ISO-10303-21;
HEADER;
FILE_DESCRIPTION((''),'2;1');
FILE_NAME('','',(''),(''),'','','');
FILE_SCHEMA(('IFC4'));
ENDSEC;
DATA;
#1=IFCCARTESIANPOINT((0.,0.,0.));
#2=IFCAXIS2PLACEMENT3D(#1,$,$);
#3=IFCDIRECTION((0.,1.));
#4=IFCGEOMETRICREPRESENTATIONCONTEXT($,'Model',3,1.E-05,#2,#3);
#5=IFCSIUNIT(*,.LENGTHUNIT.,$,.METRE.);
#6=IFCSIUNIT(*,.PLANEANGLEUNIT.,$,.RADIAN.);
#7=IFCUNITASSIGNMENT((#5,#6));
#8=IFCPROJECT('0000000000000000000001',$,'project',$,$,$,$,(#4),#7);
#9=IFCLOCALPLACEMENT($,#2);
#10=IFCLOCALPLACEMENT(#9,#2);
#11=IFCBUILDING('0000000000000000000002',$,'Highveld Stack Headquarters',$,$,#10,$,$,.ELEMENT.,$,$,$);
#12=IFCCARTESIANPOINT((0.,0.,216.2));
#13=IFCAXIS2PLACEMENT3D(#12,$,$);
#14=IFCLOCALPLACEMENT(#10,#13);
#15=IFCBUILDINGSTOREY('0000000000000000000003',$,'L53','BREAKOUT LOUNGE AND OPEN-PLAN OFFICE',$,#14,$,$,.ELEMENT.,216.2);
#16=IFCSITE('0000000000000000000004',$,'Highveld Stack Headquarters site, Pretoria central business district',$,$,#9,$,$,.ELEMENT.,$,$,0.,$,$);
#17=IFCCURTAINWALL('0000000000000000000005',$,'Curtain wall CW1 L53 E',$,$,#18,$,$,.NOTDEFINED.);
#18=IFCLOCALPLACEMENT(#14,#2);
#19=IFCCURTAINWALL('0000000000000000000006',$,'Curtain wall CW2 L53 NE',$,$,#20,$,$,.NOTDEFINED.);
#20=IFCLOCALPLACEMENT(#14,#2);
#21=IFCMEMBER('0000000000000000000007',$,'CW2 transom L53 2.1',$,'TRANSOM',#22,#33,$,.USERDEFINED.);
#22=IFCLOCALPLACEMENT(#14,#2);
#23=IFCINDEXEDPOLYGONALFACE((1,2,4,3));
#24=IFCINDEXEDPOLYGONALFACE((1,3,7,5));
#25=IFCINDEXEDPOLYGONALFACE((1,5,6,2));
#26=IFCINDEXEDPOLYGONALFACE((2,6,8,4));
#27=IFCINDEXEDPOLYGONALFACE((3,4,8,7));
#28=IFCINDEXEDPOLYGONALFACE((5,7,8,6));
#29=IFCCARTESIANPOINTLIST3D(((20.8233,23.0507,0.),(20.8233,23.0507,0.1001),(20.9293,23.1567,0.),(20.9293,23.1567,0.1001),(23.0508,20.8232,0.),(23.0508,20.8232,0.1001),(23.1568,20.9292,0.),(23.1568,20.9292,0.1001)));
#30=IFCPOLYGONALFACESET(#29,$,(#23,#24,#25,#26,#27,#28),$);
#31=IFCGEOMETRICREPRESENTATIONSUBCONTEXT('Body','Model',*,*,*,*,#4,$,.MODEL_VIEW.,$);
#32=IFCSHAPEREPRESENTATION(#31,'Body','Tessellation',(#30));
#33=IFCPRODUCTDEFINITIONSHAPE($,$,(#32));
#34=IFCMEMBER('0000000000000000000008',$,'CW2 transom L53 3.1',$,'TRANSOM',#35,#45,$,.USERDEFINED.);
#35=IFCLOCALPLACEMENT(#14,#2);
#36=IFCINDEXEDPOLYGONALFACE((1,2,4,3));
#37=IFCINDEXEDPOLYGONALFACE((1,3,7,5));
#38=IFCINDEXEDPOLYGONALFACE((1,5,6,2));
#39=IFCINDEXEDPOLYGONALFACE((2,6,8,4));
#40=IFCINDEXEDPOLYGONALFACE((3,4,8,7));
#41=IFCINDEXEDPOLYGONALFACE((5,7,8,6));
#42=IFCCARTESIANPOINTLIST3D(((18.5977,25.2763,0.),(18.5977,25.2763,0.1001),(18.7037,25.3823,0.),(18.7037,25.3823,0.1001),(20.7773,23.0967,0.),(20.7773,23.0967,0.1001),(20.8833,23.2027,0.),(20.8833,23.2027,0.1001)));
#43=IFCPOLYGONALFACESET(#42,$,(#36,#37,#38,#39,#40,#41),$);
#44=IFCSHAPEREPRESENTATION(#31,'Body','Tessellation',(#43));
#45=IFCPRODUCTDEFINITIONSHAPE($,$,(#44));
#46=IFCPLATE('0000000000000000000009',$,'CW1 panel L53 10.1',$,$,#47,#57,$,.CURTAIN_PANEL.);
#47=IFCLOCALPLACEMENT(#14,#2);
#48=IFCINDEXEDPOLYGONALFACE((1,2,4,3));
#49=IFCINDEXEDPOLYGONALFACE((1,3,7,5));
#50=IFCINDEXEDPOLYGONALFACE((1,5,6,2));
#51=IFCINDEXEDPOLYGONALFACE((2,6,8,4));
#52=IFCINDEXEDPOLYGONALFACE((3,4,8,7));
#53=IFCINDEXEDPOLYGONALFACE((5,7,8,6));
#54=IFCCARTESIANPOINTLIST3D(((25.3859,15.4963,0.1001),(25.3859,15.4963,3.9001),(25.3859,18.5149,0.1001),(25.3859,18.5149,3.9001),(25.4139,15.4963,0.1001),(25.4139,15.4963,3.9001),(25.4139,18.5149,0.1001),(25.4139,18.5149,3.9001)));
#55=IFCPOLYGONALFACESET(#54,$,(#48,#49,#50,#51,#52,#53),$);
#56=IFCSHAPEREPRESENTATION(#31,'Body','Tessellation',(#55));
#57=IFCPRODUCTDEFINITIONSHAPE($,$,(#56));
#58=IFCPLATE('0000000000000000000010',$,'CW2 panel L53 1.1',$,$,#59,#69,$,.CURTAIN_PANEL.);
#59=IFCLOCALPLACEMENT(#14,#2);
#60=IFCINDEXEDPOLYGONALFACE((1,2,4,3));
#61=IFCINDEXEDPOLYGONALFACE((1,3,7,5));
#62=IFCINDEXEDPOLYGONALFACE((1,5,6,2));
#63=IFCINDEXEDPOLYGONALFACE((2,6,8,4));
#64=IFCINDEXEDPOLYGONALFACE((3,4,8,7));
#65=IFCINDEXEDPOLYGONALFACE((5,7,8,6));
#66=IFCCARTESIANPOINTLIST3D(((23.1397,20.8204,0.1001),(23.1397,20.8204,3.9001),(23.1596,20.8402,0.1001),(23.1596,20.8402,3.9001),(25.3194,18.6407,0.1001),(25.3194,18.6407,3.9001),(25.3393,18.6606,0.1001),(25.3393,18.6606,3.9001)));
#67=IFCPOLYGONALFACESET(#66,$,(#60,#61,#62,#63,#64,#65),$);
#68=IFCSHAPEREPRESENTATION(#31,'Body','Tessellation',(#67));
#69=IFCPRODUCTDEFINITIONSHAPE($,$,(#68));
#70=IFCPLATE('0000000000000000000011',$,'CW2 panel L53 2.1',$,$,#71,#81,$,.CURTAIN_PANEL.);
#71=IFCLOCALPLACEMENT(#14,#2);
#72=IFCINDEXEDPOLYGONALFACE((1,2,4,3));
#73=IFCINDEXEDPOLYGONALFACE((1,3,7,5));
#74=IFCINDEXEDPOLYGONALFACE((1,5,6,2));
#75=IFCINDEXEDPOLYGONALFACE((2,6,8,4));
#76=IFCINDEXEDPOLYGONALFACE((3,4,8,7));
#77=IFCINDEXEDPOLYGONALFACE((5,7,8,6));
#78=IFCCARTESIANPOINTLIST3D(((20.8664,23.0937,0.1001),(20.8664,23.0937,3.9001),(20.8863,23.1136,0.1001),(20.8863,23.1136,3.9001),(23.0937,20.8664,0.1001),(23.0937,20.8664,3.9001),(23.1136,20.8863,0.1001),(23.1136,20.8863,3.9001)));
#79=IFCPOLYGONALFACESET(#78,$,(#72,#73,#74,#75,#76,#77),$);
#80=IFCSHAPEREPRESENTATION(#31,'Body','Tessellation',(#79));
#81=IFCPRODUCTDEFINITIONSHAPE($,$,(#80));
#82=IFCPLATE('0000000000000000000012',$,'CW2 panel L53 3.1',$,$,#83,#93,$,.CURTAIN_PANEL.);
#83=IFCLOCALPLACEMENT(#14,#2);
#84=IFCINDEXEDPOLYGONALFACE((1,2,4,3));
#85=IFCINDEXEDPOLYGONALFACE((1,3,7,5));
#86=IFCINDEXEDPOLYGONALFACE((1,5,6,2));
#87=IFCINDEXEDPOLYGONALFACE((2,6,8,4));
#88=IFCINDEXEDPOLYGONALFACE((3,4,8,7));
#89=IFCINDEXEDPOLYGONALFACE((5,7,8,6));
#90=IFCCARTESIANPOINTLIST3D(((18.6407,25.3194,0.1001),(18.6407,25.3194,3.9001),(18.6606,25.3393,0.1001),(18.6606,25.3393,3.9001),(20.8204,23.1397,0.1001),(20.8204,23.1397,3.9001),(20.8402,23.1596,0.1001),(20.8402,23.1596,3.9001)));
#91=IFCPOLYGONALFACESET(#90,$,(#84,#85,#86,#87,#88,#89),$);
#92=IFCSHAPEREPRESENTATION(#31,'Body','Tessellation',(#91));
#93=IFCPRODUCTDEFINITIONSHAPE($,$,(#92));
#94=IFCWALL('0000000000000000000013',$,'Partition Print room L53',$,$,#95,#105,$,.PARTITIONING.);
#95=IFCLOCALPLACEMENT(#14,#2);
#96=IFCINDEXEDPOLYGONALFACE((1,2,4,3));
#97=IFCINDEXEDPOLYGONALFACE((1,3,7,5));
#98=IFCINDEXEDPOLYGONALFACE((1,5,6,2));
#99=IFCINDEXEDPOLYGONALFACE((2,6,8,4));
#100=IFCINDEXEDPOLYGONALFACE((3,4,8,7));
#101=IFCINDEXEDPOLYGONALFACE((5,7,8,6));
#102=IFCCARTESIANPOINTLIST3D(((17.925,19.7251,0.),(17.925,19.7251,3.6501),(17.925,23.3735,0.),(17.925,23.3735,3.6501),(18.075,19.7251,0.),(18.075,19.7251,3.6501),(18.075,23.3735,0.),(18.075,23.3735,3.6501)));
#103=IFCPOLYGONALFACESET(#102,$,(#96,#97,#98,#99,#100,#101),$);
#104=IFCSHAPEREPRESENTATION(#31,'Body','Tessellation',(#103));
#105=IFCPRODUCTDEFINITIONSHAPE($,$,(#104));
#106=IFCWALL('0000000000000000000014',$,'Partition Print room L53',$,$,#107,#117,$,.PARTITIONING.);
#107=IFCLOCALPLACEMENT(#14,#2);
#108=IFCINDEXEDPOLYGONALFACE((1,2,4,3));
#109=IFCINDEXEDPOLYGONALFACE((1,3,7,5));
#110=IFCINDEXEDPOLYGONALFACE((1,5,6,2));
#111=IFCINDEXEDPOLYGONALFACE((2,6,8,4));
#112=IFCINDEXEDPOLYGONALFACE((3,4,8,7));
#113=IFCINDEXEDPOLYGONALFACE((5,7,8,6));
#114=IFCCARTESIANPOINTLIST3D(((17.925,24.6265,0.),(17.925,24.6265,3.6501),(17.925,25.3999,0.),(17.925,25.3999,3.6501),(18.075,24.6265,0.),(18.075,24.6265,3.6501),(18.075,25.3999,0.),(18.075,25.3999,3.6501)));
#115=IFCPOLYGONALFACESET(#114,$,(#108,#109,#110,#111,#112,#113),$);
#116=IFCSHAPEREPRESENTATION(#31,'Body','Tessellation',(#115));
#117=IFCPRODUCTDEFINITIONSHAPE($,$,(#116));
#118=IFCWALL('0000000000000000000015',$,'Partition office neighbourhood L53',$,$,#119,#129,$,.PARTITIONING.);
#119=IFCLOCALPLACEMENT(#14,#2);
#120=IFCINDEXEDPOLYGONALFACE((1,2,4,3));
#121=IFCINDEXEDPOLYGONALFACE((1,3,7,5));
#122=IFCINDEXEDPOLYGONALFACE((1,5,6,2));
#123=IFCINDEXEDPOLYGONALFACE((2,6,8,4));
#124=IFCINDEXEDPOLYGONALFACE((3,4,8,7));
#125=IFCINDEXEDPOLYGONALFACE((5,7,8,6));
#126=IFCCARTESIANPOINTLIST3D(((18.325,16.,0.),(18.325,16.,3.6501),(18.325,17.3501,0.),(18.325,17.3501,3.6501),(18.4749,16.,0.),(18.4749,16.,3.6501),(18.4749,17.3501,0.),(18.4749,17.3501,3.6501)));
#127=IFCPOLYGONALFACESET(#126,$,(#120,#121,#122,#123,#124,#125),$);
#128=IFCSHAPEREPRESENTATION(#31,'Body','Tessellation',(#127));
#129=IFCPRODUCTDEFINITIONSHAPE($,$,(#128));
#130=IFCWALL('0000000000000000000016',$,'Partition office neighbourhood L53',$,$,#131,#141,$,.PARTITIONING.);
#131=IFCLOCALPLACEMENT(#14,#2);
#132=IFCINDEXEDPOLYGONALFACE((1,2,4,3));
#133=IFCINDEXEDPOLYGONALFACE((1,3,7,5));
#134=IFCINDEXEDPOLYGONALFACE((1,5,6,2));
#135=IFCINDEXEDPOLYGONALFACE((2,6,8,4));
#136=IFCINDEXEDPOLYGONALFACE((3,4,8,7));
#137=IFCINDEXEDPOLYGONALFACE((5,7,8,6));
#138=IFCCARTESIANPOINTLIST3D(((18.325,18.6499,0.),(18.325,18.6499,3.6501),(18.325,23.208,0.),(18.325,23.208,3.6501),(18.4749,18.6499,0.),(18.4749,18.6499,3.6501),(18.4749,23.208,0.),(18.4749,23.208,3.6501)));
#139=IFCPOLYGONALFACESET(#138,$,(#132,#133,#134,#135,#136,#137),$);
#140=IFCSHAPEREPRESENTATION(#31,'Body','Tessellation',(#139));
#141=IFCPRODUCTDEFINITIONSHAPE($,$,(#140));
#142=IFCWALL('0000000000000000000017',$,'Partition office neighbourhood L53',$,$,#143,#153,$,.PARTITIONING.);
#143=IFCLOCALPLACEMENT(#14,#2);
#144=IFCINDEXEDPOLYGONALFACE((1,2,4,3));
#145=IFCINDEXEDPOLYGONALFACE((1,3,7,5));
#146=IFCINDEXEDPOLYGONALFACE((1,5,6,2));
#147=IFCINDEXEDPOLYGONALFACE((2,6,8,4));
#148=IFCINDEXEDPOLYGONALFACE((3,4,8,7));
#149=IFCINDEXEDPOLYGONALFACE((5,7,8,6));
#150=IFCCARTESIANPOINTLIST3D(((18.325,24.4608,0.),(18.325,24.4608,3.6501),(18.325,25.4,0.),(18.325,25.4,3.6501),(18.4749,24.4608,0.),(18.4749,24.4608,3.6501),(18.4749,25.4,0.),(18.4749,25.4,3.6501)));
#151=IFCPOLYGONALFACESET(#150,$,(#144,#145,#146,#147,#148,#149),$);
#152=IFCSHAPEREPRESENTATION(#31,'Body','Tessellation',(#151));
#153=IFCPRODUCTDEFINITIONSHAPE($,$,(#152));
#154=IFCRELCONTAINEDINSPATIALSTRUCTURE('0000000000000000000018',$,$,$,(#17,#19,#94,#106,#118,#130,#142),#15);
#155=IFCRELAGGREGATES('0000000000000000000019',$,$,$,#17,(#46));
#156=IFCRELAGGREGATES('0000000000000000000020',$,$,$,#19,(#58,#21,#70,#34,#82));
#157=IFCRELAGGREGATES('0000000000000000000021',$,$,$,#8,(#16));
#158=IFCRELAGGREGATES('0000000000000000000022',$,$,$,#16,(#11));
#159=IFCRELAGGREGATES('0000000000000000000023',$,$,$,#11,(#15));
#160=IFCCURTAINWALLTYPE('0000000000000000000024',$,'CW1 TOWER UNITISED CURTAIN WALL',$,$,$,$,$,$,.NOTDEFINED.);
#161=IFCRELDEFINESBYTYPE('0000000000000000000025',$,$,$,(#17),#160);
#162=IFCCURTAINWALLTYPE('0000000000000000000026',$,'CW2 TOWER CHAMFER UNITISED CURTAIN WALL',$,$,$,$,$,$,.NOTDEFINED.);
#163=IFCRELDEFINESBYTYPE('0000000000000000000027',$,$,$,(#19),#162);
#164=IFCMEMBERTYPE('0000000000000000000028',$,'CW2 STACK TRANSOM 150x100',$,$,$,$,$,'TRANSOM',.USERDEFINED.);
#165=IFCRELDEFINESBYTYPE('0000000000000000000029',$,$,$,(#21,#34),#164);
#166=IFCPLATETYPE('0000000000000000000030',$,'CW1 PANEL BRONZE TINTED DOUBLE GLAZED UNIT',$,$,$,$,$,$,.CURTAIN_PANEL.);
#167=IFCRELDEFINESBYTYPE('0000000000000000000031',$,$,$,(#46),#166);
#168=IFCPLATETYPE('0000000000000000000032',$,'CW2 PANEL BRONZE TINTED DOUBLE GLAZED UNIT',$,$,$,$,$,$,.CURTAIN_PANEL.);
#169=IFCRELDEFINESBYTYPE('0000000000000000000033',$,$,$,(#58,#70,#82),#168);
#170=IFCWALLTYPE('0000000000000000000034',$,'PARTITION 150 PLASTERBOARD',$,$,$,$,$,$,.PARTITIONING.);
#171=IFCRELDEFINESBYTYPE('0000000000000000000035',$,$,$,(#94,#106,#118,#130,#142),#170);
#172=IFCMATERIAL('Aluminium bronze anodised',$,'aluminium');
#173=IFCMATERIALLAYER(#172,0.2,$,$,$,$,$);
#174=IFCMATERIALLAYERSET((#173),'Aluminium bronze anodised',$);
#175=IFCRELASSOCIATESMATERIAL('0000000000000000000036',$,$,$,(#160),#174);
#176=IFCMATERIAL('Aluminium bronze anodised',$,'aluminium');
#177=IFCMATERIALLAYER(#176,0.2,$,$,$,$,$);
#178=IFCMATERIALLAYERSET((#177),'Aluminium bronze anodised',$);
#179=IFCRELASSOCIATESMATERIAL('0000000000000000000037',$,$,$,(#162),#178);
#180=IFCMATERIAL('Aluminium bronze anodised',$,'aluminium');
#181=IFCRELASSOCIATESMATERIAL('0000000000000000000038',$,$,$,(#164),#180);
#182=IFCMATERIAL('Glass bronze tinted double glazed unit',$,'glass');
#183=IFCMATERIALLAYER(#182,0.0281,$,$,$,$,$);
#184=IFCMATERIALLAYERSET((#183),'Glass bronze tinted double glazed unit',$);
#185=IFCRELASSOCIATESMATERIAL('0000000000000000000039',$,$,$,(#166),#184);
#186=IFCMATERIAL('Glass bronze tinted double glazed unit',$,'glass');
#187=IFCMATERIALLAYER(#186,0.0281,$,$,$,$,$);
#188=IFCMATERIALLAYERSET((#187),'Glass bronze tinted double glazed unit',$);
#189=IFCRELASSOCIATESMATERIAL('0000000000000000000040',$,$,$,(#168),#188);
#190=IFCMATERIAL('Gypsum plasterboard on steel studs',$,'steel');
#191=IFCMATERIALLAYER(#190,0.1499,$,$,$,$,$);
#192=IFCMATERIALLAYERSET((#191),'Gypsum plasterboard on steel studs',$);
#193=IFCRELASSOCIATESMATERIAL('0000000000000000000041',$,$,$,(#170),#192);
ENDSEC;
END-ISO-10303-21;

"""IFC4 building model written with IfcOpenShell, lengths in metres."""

from ifc_helpers import new_model, si_unit, direction, frame, frame_2d, origin, origin_2d, place, context, subcontext, project, spatial, rectangle, extrude, material, layer, layer_set, material_profile, profile_set, type_object, element, aggregate, save


model = new_model("IFC4")

# Units and contexts
model_context = context("Model", 3, precision=1e-05, world=origin(), true_north=direction((0.0, 1.0)))
body_context = subcontext(model_context, "Body", "Model", "MODEL_VIEW")
ifc_project = project(units=[si_unit("LENGTHUNIT", "METRE"), si_unit("PLANEANGLEUNIT", "RADIAN")], contexts=[model_context])

# Site, building, storey
site_placement = place(None, origin())
site = spatial("IfcSite", under=ifc_project, at=site_placement, Name="Highveld Stack Headquarters site, Pretoria central business district", CompositionType="ELEMENT", RefElevation=0.0)
building_placement = place(site_placement, origin())
building = spatial("IfcBuilding", under=site, at=building_placement, Name="Highveld Stack Headquarters", CompositionType="ELEMENT")
storey_placement = place(building_placement, frame((0.0, 0.0, 216.2)))
storey = spatial("IfcBuildingStorey", under=building, at=storey_placement, Name="L53", Description="BREAKOUT LOUNGE AND OPEN-PLAN OFFICE", CompositionType="ELEMENT", Elevation=216.2)

# Curtain wall
ifc_material_1 = material(Name="Aluminium bronze anodised", Category="aluminium")
ifc_layer_1 = layer(ifc_material_1, 0.2)
ifc_layer_set_1 = layer_set([ifc_layer_1], Name="Aluminium bronze anodised")
curtain_wall_type_1 = type_object("IfcCurtainWallType", Name="CW1 TOWER UNITISED CURTAIN WALL", PredefinedType="NOTDEFINED", material=ifc_layer_set_1)
curtain_wall_1_placement = place(storey_placement, origin())
curtain_wall_1 = element("IfcCurtainWall", 1, at=curtain_wall_1_placement, inside=storey, type_object=curtain_wall_type_1, Name="Curtain wall CW1 L53 E", PredefinedType="NOTDEFINED")

# Curtain wall, members
ifc_material_2 = material(Name="Aluminium bronze anodised", Category="aluminium")
ifc_layer_2 = layer(ifc_material_2, 0.2)
ifc_layer_set_2 = layer_set([ifc_layer_2], Name="Aluminium bronze anodised")
curtain_wall_type_2 = type_object("IfcCurtainWallType", Name="CW2 TOWER CHAMFER UNITISED CURTAIN WALL", PredefinedType="NOTDEFINED", material=ifc_layer_set_2)
curtain_wall_2_placement = place(storey_placement, origin())
curtain_wall_2 = element("IfcCurtainWall", 2, at=curtain_wall_2_placement, inside=storey, type_object=curtain_wall_type_2, Name="Curtain wall CW2 L53 NE", PredefinedType="NOTDEFINED")
ifc_material_3 = material(Name="Aluminium bronze anodised", Category="aluminium")
ifc_material_profile_1 = material_profile(ifc_material_3, rectangle(XDim=0.1499, YDim=0.1001, at=origin_2d()), Name="CW2 TRANSOM 150x100")
ifc_profile_set_1 = profile_set([ifc_material_profile_1], Name="Aluminium bronze anodised")
member_type_1 = type_object("IfcMemberType", Name="CW2 STACK TRANSOM 150x100", ElementType="TRANSOM", PredefinedType="USERDEFINED", material=ifc_profile_set_1)
member_1_placement = place(storey_placement, frame((23.1038, 20.8762, 0.05), z_axis=(-0.707107, 0.707107, 0.0), x_axis=(-0.707107, -0.707107, 0.0)))
member_1 = element("IfcMember", 3, at=member_1_placement, type_object=member_type_1, Name="CW2 transom L53 2.1", ObjectType="TRANSOM", PredefinedType="USERDEFINED", context=body_context, shape_type="SweptSolid", body=[
    extrude(rectangle(XDim=0.1499, YDim=0.1001, at=origin_2d()), origin(), (0.0, 0.0, 1.0), 3.1501),
])
member_2_placement = place(storey_placement, frame((20.8303, 23.1497, 0.05), z_axis=(-0.707107, 0.707107, 0.0), x_axis=(-0.707107, -0.707107, 0.0)))
member_2 = element("IfcMember", 4, at=member_2_placement, type_object=member_type_1, Name="CW2 transom L53 3.1", ObjectType="TRANSOM", PredefinedType="USERDEFINED", context=body_context, shape_type="SweptSolid", body=[
    extrude(rectangle(XDim=0.1499, YDim=0.1001, at=origin_2d()), origin(), (0.0, 0.0, 1.0), 3.0825),
])

# Plates
ifc_material_4 = material(Name="Glass bronze tinted double glazed unit", Category="glass")
ifc_layer_3 = layer(ifc_material_4, 0.0281)
ifc_layer_set_3 = layer_set([ifc_layer_3], Name="Glass bronze tinted double glazed unit")
plate_type_1 = type_object("IfcPlateType", Name="CW1 PANEL BRONZE TINTED DOUBLE GLAZED UNIT", PredefinedType="CURTAIN_PANEL", material=ifc_layer_set_3)
plate_1_placement = place(storey_placement, frame((25.3999, 17.0056, 0.1001), z_axis=(0.0, 0.0, 1.0), x_axis=(0.0, 1.0, 0.0)))
plate_1 = element("IfcPlate", 5, at=plate_1_placement, type_object=plate_type_1, Name="CW1 panel L53 10.1", PredefinedType="CURTAIN_PANEL", context=body_context, shape_type="SweptSolid", body=[
    extrude(rectangle(XDim=3.0186, YDim=0.0281, at=origin_2d()), origin(), (0.0, 0.0, 1.0), 3.8),
])
aggregate(curtain_wall_1, [plate_1])
ifc_material_5 = material(Name="Glass bronze tinted double glazed unit", Category="glass")
ifc_layer_4 = layer(ifc_material_5, 0.0281)
ifc_layer_set_4 = layer_set([ifc_layer_4], Name="Glass bronze tinted double glazed unit")
plate_type_2 = type_object("IfcPlateType", Name="CW2 PANEL BRONZE TINTED DOUBLE GLAZED UNIT", PredefinedType="CURTAIN_PANEL", material=ifc_layer_set_4)
plate_2_placement = place(storey_placement, frame((24.2395, 19.7405, 0.1001), z_axis=(0.0, 0.0, 1.0), x_axis=(-0.707107, 0.707107, 0.0)))
plate_2 = element("IfcPlate", 6, at=plate_2_placement, type_object=plate_type_2, Name="CW2 panel L53 1.1", PredefinedType="CURTAIN_PANEL", context=body_context, shape_type="SweptSolid", body=[
    extrude(rectangle(XDim=3.0825, YDim=0.0281, at=origin_2d()), origin(), (0.0, 0.0, 1.0), 3.8),
])
plate_3_placement = place(storey_placement, frame((21.99, 21.99, 0.1001), z_axis=(0.0, 0.0, 1.0), x_axis=(-0.707107, 0.707107, 0.0)))
plate_3 = element("IfcPlate", 7, at=plate_3_placement, type_object=plate_type_2, Name="CW2 panel L53 2.1", PredefinedType="CURTAIN_PANEL", context=body_context, shape_type="SweptSolid", body=[
    extrude(rectangle(XDim=3.1499, YDim=0.0281, at=origin_2d()), origin(), (0.0, 0.0, 1.0), 3.8),
])
plate_4_placement = place(storey_placement, frame((19.7405, 24.2395, 0.1001), z_axis=(0.0, 0.0, 1.0), x_axis=(-0.707107, 0.707107, 0.0)))
plate_4 = element("IfcPlate", 8, at=plate_4_placement, type_object=plate_type_2, Name="CW2 panel L53 3.1", PredefinedType="CURTAIN_PANEL", context=body_context, shape_type="SweptSolid", body=[
    extrude(rectangle(XDim=3.0825, YDim=0.0281, at=origin_2d()), origin(), (0.0, 0.0, 1.0), 3.8),
])
aggregate(curtain_wall_2, [plate_2, member_1, plate_3, member_2, plate_4])

# Walls
ifc_material_6 = material(Name="Gypsum plasterboard on steel studs", Category="steel")
ifc_layer_5 = layer(ifc_material_6, 0.1499)
ifc_layer_set_5 = layer_set([ifc_layer_5], Name="Gypsum plasterboard on steel studs")
wall_type = type_object("IfcWallType", Name="PARTITION 150 PLASTERBOARD", PredefinedType="PARTITIONING", material=ifc_layer_set_5)
wall_1_placement = place(storey_placement, frame((18.0, 19.7251, 0.0), z_axis=(0.0, 0.0, 1.0), x_axis=(0.0, 1.0, 0.0)))
element("IfcWall", 9, at=wall_1_placement, inside=storey, type_object=wall_type, Name="Partition Print room L53", PredefinedType="PARTITIONING", context=body_context, shape_type="SweptSolid", body=[
    extrude(rectangle(XDim=3.6484, YDim=0.1499, at=frame_2d((1.8242, 0.0))), origin(), (0.0, 0.0, 1.0), 3.6501),
])
wall_2_placement = place(storey_placement, frame((18.0, 24.6265, 0.0), z_axis=(0.0, 0.0, 1.0), x_axis=(0.0, 1.0, 0.0)))
element("IfcWall", 10, at=wall_2_placement, inside=storey, type_object=wall_type, Name="Partition Print room L53", PredefinedType="PARTITIONING", context=body_context, shape_type="SweptSolid", body=[
    extrude(rectangle(XDim=0.7734, YDim=0.1499, at=frame_2d((0.3867, 0.0))), origin(), (0.0, 0.0, 1.0), 3.6501),
])
wall_3_placement = place(storey_placement, frame((18.3999, 16.0, 0.0), z_axis=(0.0, 0.0, 1.0), x_axis=(0.0, 1.0, 0.0)))
element("IfcWall", 11, at=wall_3_placement, inside=storey, type_object=wall_type, Name="Partition office neighbourhood L53", PredefinedType="PARTITIONING", context=body_context, shape_type="SweptSolid", body=[
    extrude(rectangle(XDim=1.3501, YDim=0.1499, at=frame_2d((0.675, 0.0))), origin(), (0.0, 0.0, 1.0), 3.6501),
])
wall_4_placement = place(storey_placement, frame((18.3999, 18.6499, 0.0), z_axis=(0.0, 0.0, 1.0), x_axis=(0.0, 1.0, 0.0)))
element("IfcWall", 12, at=wall_4_placement, inside=storey, type_object=wall_type, Name="Partition office neighbourhood L53", PredefinedType="PARTITIONING", context=body_context, shape_type="SweptSolid", body=[
    extrude(rectangle(XDim=4.5581, YDim=0.1499, at=frame_2d((2.2791, 0.0))), origin(), (0.0, 0.0, 1.0), 3.6501),
])
wall_5_placement = place(storey_placement, frame((18.3999, 24.4607, 0.0), z_axis=(0.0, 0.0, 1.0), x_axis=(0.0, 1.0, 0.0)))
element("IfcWall", 13, at=wall_5_placement, inside=storey, type_object=wall_type, Name="Partition office neighbourhood L53", PredefinedType="PARTITIONING", context=body_context, shape_type="SweptSolid", body=[
    extrude(rectangle(XDim=0.9392, YDim=0.1499, at=frame_2d((0.4697, 0.0))), origin(), (0.0, 0.0, 1.0), 3.6501),
])

save(model, "model.ifc")
